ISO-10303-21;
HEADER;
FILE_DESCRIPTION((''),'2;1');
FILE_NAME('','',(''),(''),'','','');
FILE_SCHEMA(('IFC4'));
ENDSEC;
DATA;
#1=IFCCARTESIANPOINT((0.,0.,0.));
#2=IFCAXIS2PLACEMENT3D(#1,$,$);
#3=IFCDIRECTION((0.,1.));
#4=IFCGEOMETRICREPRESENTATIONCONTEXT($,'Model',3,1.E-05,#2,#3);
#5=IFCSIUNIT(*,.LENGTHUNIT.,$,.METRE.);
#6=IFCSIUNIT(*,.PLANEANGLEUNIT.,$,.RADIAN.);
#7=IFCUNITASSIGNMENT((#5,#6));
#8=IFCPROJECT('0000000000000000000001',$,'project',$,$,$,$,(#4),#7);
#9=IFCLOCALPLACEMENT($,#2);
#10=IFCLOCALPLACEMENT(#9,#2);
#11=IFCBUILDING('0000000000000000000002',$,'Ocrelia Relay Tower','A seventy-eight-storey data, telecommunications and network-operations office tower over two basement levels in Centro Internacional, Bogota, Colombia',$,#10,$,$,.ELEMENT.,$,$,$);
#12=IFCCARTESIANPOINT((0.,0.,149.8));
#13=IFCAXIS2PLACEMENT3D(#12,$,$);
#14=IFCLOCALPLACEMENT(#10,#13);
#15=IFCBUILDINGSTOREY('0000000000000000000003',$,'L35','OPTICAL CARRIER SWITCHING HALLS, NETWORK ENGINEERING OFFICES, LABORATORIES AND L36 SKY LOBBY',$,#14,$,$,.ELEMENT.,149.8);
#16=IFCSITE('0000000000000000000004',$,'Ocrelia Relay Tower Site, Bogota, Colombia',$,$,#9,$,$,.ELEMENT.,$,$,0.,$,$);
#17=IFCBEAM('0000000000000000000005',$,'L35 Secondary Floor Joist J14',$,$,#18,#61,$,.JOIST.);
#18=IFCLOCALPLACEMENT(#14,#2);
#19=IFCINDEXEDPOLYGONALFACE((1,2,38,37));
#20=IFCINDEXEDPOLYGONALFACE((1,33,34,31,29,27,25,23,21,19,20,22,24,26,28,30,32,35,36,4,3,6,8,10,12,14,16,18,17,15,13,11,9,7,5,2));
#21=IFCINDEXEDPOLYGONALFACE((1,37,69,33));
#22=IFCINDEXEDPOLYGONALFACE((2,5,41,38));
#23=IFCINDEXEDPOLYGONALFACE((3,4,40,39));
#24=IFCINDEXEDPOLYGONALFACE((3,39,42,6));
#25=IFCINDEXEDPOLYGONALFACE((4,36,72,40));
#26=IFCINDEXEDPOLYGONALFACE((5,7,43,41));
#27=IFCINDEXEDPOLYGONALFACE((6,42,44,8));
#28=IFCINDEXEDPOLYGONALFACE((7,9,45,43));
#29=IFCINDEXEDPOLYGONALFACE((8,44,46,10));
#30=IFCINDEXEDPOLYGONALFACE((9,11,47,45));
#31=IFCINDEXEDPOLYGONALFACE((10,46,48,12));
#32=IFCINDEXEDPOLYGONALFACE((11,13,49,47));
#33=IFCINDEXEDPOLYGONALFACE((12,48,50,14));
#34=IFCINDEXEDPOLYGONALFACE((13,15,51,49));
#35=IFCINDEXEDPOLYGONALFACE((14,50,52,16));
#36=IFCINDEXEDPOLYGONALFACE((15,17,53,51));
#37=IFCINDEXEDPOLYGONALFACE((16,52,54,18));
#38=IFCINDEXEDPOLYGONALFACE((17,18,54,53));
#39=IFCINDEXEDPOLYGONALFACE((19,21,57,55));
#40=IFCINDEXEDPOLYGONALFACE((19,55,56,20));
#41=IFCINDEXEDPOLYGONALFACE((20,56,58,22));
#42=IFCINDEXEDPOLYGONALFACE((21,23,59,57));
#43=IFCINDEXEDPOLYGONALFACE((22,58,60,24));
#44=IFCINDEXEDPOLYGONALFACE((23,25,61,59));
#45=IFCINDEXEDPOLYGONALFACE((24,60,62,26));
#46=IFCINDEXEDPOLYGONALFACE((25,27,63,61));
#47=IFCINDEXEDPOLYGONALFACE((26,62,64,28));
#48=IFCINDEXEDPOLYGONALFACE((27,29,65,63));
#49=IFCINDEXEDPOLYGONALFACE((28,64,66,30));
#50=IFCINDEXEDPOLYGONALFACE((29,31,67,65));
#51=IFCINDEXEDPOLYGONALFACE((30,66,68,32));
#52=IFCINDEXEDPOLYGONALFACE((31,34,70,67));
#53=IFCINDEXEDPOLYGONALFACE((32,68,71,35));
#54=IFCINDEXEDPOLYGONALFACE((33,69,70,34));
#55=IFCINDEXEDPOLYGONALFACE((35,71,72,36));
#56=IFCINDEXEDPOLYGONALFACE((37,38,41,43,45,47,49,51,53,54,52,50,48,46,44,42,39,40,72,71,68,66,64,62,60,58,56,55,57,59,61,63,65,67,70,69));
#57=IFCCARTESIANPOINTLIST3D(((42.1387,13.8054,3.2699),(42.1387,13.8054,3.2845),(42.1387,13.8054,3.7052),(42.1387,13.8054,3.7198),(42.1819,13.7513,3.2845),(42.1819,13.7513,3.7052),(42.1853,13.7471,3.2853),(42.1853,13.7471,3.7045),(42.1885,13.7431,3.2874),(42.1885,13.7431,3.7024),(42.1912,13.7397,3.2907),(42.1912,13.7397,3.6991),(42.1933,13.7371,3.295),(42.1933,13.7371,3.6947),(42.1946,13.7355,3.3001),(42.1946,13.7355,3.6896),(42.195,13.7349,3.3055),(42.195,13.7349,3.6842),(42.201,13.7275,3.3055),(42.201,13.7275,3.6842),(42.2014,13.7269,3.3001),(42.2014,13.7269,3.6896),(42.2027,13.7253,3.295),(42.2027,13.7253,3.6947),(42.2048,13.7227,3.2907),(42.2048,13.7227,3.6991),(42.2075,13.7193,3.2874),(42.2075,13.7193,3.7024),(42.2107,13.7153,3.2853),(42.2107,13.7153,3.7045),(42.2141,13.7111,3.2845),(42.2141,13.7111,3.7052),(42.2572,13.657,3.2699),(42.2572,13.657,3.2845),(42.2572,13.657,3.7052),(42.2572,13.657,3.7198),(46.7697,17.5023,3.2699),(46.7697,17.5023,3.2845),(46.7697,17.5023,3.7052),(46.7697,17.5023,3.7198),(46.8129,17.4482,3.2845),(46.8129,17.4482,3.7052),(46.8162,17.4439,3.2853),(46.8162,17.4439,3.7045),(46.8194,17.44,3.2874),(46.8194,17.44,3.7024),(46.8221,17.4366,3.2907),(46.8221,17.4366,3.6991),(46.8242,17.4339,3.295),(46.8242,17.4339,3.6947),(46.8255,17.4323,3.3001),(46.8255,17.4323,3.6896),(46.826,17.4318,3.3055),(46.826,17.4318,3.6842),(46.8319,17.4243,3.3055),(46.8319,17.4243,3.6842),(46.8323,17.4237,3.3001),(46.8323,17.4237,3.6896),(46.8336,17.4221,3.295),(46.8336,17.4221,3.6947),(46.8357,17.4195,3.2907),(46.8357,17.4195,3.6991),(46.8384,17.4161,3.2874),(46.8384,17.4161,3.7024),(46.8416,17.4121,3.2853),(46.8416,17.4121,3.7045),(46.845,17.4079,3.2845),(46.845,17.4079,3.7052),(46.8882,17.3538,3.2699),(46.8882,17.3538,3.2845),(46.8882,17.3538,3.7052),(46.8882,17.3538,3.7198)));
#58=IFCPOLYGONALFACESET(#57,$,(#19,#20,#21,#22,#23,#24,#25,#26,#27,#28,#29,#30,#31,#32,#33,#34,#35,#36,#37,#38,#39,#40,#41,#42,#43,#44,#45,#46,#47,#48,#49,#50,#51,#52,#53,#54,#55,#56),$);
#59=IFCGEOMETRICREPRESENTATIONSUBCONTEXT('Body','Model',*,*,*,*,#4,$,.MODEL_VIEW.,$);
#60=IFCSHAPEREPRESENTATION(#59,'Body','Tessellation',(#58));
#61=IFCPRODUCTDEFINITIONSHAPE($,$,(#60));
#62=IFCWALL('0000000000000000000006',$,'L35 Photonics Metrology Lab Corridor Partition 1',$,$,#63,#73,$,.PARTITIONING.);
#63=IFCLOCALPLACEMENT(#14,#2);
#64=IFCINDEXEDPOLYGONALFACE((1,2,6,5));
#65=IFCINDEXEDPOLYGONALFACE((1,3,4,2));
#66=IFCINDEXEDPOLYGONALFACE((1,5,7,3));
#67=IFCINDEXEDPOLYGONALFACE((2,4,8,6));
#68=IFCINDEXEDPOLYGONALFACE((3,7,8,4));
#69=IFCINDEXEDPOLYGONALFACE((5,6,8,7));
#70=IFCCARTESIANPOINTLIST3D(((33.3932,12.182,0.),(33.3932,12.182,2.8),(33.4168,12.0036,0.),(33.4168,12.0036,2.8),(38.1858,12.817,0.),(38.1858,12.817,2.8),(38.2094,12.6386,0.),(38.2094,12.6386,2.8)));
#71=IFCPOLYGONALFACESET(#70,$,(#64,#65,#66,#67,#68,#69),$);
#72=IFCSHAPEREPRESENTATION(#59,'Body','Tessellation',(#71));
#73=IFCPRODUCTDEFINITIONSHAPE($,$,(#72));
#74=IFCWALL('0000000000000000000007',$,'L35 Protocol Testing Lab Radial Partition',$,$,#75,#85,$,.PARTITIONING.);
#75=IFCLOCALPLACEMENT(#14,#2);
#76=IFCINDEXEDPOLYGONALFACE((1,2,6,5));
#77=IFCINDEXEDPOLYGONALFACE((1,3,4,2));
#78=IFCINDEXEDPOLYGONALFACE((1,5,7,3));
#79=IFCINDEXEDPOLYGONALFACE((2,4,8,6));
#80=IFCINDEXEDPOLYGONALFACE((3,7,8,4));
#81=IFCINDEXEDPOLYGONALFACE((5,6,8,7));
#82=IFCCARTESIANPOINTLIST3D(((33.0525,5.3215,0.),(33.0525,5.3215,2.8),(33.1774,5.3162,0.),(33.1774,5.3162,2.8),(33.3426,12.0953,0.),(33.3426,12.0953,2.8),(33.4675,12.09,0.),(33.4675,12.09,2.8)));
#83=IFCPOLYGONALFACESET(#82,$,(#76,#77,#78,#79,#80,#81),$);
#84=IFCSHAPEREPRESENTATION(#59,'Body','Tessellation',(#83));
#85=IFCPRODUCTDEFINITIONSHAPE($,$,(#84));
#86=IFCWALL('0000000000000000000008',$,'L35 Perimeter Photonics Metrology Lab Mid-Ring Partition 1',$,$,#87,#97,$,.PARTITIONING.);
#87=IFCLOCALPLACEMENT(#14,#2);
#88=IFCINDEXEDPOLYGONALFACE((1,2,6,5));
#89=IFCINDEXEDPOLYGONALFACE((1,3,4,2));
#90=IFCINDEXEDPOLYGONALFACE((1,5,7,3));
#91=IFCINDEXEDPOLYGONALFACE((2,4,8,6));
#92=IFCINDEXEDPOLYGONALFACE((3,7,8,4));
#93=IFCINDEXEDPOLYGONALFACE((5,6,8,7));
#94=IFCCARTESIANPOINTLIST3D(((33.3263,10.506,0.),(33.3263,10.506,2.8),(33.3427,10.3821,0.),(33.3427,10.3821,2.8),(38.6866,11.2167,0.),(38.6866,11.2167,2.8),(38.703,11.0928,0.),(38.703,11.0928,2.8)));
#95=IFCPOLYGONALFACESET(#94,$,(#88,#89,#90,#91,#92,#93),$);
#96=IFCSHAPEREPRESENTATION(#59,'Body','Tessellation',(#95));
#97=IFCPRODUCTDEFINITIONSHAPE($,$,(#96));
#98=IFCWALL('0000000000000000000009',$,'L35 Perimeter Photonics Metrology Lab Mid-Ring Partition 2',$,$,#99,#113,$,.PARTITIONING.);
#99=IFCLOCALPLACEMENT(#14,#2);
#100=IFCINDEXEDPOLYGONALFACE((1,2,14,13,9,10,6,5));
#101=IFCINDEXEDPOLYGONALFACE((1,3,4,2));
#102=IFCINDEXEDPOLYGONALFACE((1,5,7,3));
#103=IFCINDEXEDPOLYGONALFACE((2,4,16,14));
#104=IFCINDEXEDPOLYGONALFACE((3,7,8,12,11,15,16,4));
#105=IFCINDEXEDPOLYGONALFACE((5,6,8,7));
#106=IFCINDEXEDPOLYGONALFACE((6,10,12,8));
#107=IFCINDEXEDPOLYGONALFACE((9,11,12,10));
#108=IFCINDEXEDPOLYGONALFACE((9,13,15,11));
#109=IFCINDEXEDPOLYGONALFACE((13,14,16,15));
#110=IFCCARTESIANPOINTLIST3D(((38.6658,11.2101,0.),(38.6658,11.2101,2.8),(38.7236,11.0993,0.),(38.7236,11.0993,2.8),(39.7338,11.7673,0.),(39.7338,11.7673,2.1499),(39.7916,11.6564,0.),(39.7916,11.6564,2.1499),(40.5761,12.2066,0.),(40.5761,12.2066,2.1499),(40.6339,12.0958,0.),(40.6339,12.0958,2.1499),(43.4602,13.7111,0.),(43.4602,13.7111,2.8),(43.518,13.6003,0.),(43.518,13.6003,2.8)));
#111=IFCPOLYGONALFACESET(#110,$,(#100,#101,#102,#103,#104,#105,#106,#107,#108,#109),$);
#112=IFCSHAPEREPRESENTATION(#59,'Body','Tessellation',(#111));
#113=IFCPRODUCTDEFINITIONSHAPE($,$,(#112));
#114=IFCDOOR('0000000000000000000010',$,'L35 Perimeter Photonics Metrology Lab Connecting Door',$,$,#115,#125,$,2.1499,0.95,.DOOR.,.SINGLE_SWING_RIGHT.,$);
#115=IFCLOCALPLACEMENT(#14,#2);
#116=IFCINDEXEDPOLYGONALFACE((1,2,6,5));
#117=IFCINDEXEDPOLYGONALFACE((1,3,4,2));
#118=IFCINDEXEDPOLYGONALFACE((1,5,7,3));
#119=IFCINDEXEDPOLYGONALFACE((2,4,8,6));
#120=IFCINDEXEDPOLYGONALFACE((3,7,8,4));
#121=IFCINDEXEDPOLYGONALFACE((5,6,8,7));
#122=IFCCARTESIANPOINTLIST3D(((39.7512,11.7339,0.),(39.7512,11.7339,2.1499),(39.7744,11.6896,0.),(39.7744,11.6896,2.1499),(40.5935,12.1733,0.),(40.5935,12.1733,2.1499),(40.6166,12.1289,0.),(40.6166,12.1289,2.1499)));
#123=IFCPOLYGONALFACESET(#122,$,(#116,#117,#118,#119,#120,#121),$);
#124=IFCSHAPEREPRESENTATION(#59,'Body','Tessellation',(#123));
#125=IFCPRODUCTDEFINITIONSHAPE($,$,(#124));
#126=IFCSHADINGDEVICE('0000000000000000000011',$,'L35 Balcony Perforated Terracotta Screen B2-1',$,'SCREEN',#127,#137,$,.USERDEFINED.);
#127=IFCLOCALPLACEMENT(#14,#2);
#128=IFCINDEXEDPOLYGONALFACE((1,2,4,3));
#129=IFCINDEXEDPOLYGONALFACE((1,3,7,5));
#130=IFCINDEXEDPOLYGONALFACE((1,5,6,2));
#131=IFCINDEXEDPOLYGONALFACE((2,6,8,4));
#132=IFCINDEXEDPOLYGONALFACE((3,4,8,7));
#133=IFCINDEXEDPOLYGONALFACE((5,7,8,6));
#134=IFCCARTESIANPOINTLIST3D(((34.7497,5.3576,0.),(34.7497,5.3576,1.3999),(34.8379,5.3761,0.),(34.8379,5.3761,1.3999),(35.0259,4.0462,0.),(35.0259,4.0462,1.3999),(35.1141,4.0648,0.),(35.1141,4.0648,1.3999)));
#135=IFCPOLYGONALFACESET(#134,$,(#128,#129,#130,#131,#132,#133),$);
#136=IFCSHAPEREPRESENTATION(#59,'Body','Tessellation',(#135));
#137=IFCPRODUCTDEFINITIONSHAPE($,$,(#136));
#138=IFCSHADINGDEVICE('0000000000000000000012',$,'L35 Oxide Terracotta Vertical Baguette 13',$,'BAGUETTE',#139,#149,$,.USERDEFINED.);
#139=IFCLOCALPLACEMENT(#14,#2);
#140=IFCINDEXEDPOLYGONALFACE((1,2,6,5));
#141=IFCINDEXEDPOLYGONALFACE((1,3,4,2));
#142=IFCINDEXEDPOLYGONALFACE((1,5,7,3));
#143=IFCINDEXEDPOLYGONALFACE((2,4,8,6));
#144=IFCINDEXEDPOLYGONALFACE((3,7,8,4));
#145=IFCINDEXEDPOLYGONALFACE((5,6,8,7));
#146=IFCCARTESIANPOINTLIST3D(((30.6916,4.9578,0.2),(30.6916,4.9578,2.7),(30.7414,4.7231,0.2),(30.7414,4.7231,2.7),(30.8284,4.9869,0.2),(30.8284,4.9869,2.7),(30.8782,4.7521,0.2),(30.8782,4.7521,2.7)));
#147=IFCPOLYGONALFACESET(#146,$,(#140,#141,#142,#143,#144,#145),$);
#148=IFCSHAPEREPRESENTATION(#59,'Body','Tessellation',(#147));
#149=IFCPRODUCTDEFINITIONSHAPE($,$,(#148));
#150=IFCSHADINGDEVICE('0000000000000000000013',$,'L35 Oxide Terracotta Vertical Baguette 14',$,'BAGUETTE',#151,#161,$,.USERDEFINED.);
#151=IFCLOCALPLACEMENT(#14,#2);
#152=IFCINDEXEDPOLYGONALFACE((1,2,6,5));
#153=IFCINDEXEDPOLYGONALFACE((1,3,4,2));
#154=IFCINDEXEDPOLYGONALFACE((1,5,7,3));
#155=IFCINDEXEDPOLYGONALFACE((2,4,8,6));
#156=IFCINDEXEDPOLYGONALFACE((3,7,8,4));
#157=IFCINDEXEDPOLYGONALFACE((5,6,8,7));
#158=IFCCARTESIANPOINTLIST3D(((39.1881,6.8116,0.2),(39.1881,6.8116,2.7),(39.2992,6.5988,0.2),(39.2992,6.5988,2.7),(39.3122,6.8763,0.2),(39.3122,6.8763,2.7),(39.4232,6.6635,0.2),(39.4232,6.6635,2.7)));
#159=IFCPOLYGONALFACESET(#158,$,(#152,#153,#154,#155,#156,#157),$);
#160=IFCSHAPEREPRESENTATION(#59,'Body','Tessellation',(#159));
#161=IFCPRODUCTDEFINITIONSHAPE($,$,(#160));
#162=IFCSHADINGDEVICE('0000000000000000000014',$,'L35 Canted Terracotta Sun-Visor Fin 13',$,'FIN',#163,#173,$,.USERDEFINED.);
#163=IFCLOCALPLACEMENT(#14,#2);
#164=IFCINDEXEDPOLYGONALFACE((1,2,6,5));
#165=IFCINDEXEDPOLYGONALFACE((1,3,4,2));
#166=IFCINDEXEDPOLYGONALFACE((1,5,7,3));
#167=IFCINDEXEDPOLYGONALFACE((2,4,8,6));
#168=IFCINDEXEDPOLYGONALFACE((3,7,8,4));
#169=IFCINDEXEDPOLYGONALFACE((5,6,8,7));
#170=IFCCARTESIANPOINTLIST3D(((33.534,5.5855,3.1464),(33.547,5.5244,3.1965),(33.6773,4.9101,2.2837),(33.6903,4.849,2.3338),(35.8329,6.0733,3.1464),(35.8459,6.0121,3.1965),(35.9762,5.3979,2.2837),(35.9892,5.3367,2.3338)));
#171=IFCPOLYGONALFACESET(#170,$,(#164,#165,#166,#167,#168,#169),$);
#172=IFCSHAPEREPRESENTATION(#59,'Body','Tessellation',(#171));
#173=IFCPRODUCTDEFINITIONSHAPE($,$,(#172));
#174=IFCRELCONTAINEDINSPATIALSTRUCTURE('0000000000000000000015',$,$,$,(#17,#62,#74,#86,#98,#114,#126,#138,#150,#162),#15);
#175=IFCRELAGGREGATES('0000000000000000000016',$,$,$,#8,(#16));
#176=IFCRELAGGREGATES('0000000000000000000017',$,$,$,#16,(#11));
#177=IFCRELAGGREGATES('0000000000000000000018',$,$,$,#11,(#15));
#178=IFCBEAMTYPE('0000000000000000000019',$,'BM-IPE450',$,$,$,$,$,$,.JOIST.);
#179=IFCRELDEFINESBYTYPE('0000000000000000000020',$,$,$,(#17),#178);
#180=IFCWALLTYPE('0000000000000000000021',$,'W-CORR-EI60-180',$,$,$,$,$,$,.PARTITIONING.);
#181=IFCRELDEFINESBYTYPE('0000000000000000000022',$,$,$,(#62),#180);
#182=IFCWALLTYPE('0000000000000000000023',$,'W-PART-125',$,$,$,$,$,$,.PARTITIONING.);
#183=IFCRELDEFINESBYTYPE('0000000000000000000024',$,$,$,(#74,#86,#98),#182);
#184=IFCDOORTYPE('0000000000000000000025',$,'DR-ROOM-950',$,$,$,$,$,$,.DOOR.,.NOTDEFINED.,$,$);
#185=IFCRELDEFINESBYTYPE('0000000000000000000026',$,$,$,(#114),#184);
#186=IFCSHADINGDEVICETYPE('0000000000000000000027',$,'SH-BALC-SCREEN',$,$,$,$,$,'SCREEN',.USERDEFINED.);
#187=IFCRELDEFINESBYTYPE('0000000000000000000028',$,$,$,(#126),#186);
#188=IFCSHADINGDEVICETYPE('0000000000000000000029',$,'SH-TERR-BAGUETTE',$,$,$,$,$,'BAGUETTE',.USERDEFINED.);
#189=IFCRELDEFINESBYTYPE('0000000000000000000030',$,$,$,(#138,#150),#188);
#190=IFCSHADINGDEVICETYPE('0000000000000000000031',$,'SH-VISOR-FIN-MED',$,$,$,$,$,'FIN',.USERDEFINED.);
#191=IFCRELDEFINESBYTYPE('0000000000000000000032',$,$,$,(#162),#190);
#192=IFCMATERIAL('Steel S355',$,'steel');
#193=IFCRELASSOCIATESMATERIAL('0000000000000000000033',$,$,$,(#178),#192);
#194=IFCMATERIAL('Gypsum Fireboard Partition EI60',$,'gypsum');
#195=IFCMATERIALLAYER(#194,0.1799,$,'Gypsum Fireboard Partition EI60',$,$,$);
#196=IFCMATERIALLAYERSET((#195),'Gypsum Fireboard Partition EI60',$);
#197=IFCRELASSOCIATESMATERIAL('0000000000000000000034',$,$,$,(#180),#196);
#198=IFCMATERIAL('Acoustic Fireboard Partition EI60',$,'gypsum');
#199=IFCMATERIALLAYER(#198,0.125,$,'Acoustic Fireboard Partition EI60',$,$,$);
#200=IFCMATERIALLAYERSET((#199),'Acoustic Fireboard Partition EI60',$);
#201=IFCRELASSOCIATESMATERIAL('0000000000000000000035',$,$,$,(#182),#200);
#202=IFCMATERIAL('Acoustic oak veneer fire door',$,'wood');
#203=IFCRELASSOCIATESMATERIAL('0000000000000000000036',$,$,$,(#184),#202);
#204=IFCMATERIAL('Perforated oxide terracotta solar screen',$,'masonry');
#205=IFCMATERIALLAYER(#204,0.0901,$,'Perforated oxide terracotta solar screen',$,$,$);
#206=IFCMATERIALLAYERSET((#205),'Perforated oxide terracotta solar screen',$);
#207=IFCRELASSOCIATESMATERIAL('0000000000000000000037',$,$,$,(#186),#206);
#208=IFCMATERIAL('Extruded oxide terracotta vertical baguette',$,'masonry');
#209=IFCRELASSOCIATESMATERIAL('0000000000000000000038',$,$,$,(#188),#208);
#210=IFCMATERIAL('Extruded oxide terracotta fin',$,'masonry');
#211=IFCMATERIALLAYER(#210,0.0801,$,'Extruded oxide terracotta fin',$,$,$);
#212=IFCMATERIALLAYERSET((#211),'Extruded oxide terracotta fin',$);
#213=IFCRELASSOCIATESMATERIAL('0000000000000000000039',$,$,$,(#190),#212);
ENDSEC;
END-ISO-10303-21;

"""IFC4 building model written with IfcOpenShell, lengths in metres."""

from ifc_helpers import new_model, si_unit, direction, frame, frame_2d, origin, origin_2d, place, context, subcontext, project, spatial, rectangle, i_section, extrude, material, layer, layer_set, material_profile, profile_set, type_object, element, fill, save


model = new_model("IFC4")

# Units and contexts
model_context = context("Model", 3, precision=1e-05, world=origin(), true_north=direction((0.0, 1.0)))
body_context = subcontext(model_context, "Body", "Model", "MODEL_VIEW")
ifc_project = project(units=[si_unit("LENGTHUNIT", "METRE"), si_unit("PLANEANGLEUNIT", "RADIAN")], contexts=[model_context])

# Site, building, storey
site_placement = place(None, origin())
site = spatial("IfcSite", under=ifc_project, at=site_placement, Name="Ocrelia Relay Tower Site, Bogota, Colombia", CompositionType="ELEMENT", RefElevation=0.0)
building_placement = place(site_placement, origin())
building = spatial("IfcBuilding", under=site, at=building_placement, Name="Ocrelia Relay Tower", Description="A seventy-eight-storey data, telecommunications and network-operations office tower over two basement levels in Centro Internacional, Bogota, Colombia", CompositionType="ELEMENT")
storey_placement = place(building_placement, frame((0.0, 0.0, 149.8)))
storey = spatial("IfcBuildingStorey", under=building, at=storey_placement, Name="L35", Description="OPTICAL CARRIER SWITCHING HALLS, NETWORK ENGINEERING OFFICES, LABORATORIES AND L36 SKY LOBBY", CompositionType="ELEMENT", Elevation=149.8)

# Beam
ifc_material_1 = material(Name="Steel S355", Category="steel")
ifc_material_profile_1 = material_profile(ifc_material_1, i_section(OverallWidth=0.1899, OverallDepth=0.45, WebThickness=0.0095, FlangeThickness=0.0146, FilletRadius=0.021, at=origin_2d()), Name="IPE 450")
ifc_profile_set_1 = profile_set([ifc_material_profile_1], Name="Steel S355")
beam_type_1 = type_object("IfcBeamType", Name="BM-IPE450", PredefinedType="JOIST", material=ifc_profile_set_1)
beam_1_placement = place(storey_placement, frame((42.198, 13.7312, 3.4949), z_axis=(0.78152, 0.623881, 0.0), x_axis=(-0.623881, 0.78152, 0.0)))
element("IfcBeam", 1, at=beam_1_placement, inside=storey, type_object=beam_type_1, Name="L35 Secondary Floor Joist J14", PredefinedType="JOIST", context=body_context, shape_type="SweptSolid", body=[
    extrude(i_section(OverallWidth=0.1899, OverallDepth=0.45, WebThickness=0.0095, FlangeThickness=0.0146, FilletRadius=0.021, at=origin_2d()), origin(), (0.0, 0.0, 1.0), 5.9255),
])

# Wall
ifc_material_2 = material(Name="Gypsum Fireboard Partition EI60", Category="gypsum")
ifc_layer_1 = layer(ifc_material_2, 0.1799, Name="Gypsum Fireboard Partition EI60")
ifc_layer_set_1 = layer_set([ifc_layer_1], Name="Gypsum Fireboard Partition EI60")
wall_type_1 = type_object("IfcWallType", Name="W-CORR-EI60-180", PredefinedType="PARTITIONING", material=ifc_layer_set_1)
wall_1_placement = place(storey_placement, frame((33.405, 12.0928, 0.0), z_axis=(0.0, 0.0, 1.0), x_axis=(0.991336, 0.131353, 0.0)))
element("IfcWall", 2, at=wall_1_placement, inside=storey, type_object=wall_type_1, Name="L35 Photonics Metrology Lab Corridor Partition 1", PredefinedType="PARTITIONING", context=body_context, shape_type="SweptSolid", body=[
    extrude(rectangle(XDim=4.8345, YDim=0.1799, at=frame_2d((2.4172, 0.0))), origin(), (0.0, 0.0, 1.0), 2.8),
])

# Shared definitions
ifc_material_3 = material(Name="Acoustic oak veneer fire door", Category="wood")

# Walls
ifc_material_4 = material(Name="Acoustic Fireboard Partition EI60", Category="gypsum")
ifc_layer_2 = layer(ifc_material_4, 0.125, Name="Acoustic Fireboard Partition EI60")
ifc_layer_set_2 = layer_set([ifc_layer_2], Name="Acoustic Fireboard Partition EI60")
wall_type_2 = type_object("IfcWallType", Name="W-PART-125", PredefinedType="PARTITIONING", material=ifc_layer_set_2)
wall_2_placement = place(storey_placement, frame((33.405, 12.0928, 0.0), z_axis=(0.0, 0.0, 1.0), x_axis=(-0.042778, -0.999085, 0.0)))
element("IfcWall", 3, at=wall_2_placement, inside=storey, type_object=wall_type_2, Name="L35 Protocol Testing Lab Radial Partition", PredefinedType="PARTITIONING", context=body_context, shape_type="SweptSolid", body=[
    extrude(rectangle(XDim=6.78, YDim=0.125, at=frame_2d((3.3901, 0.0))), origin(), (0.0, 0.0, 1.0), 2.8),
])
wall_3_placement = place(storey_placement, frame((33.3345, 10.4441, 0.0), z_axis=(0.0, 0.0, 1.0), x_axis=(0.991325, 0.131433, 0.0)))
element("IfcWall", 4, at=wall_3_placement, inside=storey, type_object=wall_type_2, Name="L35 Perimeter Photonics Metrology Lab Mid-Ring Partition 1", PredefinedType="PARTITIONING", context=body_context, shape_type="SweptSolid", body=[
    extrude(rectangle(XDim=5.4072, YDim=0.125, at=frame_2d((2.7036, 0.0))), origin(), (0.0, 0.0, 1.0), 2.8),
])

# Wall, opening, door
wall_4_placement = place(storey_placement, frame((38.6948, 11.1548, 0.0), z_axis=(0.0, 0.0, 1.0), x_axis=(0.88662, 0.462498, 0.0)))
wall_4 = element("IfcWall", 5, at=wall_4_placement, inside=storey, type_object=wall_type_2, Name="L35 Perimeter Photonics Metrology Lab Mid-Ring Partition 2", PredefinedType="PARTITIONING", context=body_context, shape_type="SweptSolid", body=[
    extrude(rectangle(XDim=5.4075, YDim=0.125, at=frame_2d((2.7036, 0.0))), origin(), (0.0, 0.0, 1.0), 2.8),
])
opening_1_placement = place(wall_4_placement, frame((1.2043, 0.0, 0.0)))
opening_1 = element("IfcOpeningElement", 6, at=opening_1_placement, cuts=wall_4, PredefinedType="OPENING", context=body_context, shape_type="SweptSolid", body=[
    extrude(rectangle(XDim=0.95, YDim=2.1499, at=frame_2d((0.4751, 1.075))), frame((0.0, 0.0725, 0.0), z_axis=(0.0, -1.0, 0.0), x_axis=(1.0, 0.0, 0.0)), (0.0, 0.0, 1.0), 0.145),
])
door_type_1 = type_object("IfcDoorType", Name="DR-ROOM-950", OperationType="NOTDEFINED", PredefinedType="DOOR", material=ifc_material_3)
door_1_placement = place(opening_1_placement, origin())
door_1 = element("IfcDoor", 7, at=door_1_placement, inside=storey, type_object=door_type_1, Name="L35 Perimeter Photonics Metrology Lab Connecting Door", OperationType="SINGLE_SWING_RIGHT", OverallHeight=2.1499, OverallWidth=0.95, PredefinedType="DOOR", context=body_context, shape_type="SweptSolid", body=[
    extrude(rectangle(XDim=0.95, YDim=2.1499, at=frame_2d((0.4751, 1.075))), frame((0.0, 0.0249, 0.0), z_axis=(0.0, -1.0, 0.0), x_axis=(1.0, 0.0, 0.0)), (0.0, 0.0, 1.0), 0.05),
])
fill(opening_1, door_1)

# Shading devices
ifc_material_5 = material(Name="Perforated oxide terracotta solar screen", Category="masonry")
ifc_layer_3 = layer(ifc_material_5, 0.0901, Name="Perforated oxide terracotta solar screen")
ifc_layer_set_3 = layer_set([ifc_layer_3], Name="Perforated oxide terracotta solar screen")
shading_device_type_1 = type_object("IfcShadingDeviceType", Name="SH-BALC-SCREEN", ElementType="SCREEN", PredefinedType="USERDEFINED", material=ifc_layer_set_3)
shading_device_1_placement = place(storey_placement, frame((34.9319, 4.7112, 0.0), z_axis=(0.0, 0.0, 1.0), x_axis=(0.206097, -0.978532, 0.0)))
element("IfcShadingDevice", 8, at=shading_device_1_placement, inside=storey, type_object=shading_device_type_1, Name="L35 Balcony Perforated Terracotta Screen B2-1", ObjectType="SCREEN", PredefinedType="USERDEFINED", context=body_context, shape_type="SweptSolid", body=[
    extrude(rectangle(XDim=1.3401, YDim=0.0901, at=origin_2d()), origin(), (0.0, 0.0, 1.0), 1.3999),
])
ifc_material_6 = material(Name="Extruded oxide terracotta vertical baguette", Category="masonry")
shading_device_type_2 = type_object("IfcShadingDeviceType", Name="SH-TERR-BAGUETTE", ElementType="BAGUETTE", PredefinedType="USERDEFINED", material=ifc_material_6)
for number, where, z_axis, x_axis, name in (
    (9, (30.7849, 4.855, 0.2), (0.0, 0.0, 1.0), (0.978224, 0.207553, 0.0), "L35 Oxide Terracotta Vertical Baguette 13"),
    (10, (39.3057, 6.7375, 0.2), (0.0, 0.0, 1.0), (0.886606, 0.462525, 0.0), "L35 Oxide Terracotta Vertical Baguette 14"),
):
    element("IfcShadingDevice", number, at=place(storey_placement, frame(where, z_axis=z_axis, x_axis=x_axis)), inside=storey, type_object=shading_device_type_2, Name=name, ObjectType="BAGUETTE", PredefinedType="USERDEFINED", context=body_context, shape_type="SweptSolid", body=[
        extrude(rectangle(XDim=0.1399, YDim=0.24, at=origin_2d()), origin(), (0.0, 0.0, 1.0), 2.5),
    ])
ifc_material_7 = material(Name="Extruded oxide terracotta fin", Category="masonry")
ifc_layer_4 = layer(ifc_material_7, 0.0801, Name="Extruded oxide terracotta fin")
ifc_layer_set_4 = layer_set([ifc_layer_4], Name="Extruded oxide terracotta fin")
shading_device_type_3 = type_object("IfcShadingDeviceType", Name="SH-VISOR-FIN-MED", ElementType="FIN", PredefinedType="USERDEFINED", material=ifc_layer_set_4)
shading_device_2_placement = place(storey_placement, frame((34.7551, 5.4917, 2.7151), z_axis=(0.162049, -0.763756, 0.624834), x_axis=(0.978224, 0.207553, 0.0)))
element("IfcShadingDevice", 11, at=shading_device_2_placement, inside=storey, type_object=shading_device_type_3, Name="L35 Canted Terracotta Sun-Visor Fin 13", ObjectType="FIN", PredefinedType="USERDEFINED", context=body_context, shape_type="SweptSolid", body=[
    extrude(rectangle(XDim=2.3501, YDim=1.105, at=origin_2d()), origin(), (0.0, 0.0, 1.0), 0.0801),
])

save(model, "model.ifc")
